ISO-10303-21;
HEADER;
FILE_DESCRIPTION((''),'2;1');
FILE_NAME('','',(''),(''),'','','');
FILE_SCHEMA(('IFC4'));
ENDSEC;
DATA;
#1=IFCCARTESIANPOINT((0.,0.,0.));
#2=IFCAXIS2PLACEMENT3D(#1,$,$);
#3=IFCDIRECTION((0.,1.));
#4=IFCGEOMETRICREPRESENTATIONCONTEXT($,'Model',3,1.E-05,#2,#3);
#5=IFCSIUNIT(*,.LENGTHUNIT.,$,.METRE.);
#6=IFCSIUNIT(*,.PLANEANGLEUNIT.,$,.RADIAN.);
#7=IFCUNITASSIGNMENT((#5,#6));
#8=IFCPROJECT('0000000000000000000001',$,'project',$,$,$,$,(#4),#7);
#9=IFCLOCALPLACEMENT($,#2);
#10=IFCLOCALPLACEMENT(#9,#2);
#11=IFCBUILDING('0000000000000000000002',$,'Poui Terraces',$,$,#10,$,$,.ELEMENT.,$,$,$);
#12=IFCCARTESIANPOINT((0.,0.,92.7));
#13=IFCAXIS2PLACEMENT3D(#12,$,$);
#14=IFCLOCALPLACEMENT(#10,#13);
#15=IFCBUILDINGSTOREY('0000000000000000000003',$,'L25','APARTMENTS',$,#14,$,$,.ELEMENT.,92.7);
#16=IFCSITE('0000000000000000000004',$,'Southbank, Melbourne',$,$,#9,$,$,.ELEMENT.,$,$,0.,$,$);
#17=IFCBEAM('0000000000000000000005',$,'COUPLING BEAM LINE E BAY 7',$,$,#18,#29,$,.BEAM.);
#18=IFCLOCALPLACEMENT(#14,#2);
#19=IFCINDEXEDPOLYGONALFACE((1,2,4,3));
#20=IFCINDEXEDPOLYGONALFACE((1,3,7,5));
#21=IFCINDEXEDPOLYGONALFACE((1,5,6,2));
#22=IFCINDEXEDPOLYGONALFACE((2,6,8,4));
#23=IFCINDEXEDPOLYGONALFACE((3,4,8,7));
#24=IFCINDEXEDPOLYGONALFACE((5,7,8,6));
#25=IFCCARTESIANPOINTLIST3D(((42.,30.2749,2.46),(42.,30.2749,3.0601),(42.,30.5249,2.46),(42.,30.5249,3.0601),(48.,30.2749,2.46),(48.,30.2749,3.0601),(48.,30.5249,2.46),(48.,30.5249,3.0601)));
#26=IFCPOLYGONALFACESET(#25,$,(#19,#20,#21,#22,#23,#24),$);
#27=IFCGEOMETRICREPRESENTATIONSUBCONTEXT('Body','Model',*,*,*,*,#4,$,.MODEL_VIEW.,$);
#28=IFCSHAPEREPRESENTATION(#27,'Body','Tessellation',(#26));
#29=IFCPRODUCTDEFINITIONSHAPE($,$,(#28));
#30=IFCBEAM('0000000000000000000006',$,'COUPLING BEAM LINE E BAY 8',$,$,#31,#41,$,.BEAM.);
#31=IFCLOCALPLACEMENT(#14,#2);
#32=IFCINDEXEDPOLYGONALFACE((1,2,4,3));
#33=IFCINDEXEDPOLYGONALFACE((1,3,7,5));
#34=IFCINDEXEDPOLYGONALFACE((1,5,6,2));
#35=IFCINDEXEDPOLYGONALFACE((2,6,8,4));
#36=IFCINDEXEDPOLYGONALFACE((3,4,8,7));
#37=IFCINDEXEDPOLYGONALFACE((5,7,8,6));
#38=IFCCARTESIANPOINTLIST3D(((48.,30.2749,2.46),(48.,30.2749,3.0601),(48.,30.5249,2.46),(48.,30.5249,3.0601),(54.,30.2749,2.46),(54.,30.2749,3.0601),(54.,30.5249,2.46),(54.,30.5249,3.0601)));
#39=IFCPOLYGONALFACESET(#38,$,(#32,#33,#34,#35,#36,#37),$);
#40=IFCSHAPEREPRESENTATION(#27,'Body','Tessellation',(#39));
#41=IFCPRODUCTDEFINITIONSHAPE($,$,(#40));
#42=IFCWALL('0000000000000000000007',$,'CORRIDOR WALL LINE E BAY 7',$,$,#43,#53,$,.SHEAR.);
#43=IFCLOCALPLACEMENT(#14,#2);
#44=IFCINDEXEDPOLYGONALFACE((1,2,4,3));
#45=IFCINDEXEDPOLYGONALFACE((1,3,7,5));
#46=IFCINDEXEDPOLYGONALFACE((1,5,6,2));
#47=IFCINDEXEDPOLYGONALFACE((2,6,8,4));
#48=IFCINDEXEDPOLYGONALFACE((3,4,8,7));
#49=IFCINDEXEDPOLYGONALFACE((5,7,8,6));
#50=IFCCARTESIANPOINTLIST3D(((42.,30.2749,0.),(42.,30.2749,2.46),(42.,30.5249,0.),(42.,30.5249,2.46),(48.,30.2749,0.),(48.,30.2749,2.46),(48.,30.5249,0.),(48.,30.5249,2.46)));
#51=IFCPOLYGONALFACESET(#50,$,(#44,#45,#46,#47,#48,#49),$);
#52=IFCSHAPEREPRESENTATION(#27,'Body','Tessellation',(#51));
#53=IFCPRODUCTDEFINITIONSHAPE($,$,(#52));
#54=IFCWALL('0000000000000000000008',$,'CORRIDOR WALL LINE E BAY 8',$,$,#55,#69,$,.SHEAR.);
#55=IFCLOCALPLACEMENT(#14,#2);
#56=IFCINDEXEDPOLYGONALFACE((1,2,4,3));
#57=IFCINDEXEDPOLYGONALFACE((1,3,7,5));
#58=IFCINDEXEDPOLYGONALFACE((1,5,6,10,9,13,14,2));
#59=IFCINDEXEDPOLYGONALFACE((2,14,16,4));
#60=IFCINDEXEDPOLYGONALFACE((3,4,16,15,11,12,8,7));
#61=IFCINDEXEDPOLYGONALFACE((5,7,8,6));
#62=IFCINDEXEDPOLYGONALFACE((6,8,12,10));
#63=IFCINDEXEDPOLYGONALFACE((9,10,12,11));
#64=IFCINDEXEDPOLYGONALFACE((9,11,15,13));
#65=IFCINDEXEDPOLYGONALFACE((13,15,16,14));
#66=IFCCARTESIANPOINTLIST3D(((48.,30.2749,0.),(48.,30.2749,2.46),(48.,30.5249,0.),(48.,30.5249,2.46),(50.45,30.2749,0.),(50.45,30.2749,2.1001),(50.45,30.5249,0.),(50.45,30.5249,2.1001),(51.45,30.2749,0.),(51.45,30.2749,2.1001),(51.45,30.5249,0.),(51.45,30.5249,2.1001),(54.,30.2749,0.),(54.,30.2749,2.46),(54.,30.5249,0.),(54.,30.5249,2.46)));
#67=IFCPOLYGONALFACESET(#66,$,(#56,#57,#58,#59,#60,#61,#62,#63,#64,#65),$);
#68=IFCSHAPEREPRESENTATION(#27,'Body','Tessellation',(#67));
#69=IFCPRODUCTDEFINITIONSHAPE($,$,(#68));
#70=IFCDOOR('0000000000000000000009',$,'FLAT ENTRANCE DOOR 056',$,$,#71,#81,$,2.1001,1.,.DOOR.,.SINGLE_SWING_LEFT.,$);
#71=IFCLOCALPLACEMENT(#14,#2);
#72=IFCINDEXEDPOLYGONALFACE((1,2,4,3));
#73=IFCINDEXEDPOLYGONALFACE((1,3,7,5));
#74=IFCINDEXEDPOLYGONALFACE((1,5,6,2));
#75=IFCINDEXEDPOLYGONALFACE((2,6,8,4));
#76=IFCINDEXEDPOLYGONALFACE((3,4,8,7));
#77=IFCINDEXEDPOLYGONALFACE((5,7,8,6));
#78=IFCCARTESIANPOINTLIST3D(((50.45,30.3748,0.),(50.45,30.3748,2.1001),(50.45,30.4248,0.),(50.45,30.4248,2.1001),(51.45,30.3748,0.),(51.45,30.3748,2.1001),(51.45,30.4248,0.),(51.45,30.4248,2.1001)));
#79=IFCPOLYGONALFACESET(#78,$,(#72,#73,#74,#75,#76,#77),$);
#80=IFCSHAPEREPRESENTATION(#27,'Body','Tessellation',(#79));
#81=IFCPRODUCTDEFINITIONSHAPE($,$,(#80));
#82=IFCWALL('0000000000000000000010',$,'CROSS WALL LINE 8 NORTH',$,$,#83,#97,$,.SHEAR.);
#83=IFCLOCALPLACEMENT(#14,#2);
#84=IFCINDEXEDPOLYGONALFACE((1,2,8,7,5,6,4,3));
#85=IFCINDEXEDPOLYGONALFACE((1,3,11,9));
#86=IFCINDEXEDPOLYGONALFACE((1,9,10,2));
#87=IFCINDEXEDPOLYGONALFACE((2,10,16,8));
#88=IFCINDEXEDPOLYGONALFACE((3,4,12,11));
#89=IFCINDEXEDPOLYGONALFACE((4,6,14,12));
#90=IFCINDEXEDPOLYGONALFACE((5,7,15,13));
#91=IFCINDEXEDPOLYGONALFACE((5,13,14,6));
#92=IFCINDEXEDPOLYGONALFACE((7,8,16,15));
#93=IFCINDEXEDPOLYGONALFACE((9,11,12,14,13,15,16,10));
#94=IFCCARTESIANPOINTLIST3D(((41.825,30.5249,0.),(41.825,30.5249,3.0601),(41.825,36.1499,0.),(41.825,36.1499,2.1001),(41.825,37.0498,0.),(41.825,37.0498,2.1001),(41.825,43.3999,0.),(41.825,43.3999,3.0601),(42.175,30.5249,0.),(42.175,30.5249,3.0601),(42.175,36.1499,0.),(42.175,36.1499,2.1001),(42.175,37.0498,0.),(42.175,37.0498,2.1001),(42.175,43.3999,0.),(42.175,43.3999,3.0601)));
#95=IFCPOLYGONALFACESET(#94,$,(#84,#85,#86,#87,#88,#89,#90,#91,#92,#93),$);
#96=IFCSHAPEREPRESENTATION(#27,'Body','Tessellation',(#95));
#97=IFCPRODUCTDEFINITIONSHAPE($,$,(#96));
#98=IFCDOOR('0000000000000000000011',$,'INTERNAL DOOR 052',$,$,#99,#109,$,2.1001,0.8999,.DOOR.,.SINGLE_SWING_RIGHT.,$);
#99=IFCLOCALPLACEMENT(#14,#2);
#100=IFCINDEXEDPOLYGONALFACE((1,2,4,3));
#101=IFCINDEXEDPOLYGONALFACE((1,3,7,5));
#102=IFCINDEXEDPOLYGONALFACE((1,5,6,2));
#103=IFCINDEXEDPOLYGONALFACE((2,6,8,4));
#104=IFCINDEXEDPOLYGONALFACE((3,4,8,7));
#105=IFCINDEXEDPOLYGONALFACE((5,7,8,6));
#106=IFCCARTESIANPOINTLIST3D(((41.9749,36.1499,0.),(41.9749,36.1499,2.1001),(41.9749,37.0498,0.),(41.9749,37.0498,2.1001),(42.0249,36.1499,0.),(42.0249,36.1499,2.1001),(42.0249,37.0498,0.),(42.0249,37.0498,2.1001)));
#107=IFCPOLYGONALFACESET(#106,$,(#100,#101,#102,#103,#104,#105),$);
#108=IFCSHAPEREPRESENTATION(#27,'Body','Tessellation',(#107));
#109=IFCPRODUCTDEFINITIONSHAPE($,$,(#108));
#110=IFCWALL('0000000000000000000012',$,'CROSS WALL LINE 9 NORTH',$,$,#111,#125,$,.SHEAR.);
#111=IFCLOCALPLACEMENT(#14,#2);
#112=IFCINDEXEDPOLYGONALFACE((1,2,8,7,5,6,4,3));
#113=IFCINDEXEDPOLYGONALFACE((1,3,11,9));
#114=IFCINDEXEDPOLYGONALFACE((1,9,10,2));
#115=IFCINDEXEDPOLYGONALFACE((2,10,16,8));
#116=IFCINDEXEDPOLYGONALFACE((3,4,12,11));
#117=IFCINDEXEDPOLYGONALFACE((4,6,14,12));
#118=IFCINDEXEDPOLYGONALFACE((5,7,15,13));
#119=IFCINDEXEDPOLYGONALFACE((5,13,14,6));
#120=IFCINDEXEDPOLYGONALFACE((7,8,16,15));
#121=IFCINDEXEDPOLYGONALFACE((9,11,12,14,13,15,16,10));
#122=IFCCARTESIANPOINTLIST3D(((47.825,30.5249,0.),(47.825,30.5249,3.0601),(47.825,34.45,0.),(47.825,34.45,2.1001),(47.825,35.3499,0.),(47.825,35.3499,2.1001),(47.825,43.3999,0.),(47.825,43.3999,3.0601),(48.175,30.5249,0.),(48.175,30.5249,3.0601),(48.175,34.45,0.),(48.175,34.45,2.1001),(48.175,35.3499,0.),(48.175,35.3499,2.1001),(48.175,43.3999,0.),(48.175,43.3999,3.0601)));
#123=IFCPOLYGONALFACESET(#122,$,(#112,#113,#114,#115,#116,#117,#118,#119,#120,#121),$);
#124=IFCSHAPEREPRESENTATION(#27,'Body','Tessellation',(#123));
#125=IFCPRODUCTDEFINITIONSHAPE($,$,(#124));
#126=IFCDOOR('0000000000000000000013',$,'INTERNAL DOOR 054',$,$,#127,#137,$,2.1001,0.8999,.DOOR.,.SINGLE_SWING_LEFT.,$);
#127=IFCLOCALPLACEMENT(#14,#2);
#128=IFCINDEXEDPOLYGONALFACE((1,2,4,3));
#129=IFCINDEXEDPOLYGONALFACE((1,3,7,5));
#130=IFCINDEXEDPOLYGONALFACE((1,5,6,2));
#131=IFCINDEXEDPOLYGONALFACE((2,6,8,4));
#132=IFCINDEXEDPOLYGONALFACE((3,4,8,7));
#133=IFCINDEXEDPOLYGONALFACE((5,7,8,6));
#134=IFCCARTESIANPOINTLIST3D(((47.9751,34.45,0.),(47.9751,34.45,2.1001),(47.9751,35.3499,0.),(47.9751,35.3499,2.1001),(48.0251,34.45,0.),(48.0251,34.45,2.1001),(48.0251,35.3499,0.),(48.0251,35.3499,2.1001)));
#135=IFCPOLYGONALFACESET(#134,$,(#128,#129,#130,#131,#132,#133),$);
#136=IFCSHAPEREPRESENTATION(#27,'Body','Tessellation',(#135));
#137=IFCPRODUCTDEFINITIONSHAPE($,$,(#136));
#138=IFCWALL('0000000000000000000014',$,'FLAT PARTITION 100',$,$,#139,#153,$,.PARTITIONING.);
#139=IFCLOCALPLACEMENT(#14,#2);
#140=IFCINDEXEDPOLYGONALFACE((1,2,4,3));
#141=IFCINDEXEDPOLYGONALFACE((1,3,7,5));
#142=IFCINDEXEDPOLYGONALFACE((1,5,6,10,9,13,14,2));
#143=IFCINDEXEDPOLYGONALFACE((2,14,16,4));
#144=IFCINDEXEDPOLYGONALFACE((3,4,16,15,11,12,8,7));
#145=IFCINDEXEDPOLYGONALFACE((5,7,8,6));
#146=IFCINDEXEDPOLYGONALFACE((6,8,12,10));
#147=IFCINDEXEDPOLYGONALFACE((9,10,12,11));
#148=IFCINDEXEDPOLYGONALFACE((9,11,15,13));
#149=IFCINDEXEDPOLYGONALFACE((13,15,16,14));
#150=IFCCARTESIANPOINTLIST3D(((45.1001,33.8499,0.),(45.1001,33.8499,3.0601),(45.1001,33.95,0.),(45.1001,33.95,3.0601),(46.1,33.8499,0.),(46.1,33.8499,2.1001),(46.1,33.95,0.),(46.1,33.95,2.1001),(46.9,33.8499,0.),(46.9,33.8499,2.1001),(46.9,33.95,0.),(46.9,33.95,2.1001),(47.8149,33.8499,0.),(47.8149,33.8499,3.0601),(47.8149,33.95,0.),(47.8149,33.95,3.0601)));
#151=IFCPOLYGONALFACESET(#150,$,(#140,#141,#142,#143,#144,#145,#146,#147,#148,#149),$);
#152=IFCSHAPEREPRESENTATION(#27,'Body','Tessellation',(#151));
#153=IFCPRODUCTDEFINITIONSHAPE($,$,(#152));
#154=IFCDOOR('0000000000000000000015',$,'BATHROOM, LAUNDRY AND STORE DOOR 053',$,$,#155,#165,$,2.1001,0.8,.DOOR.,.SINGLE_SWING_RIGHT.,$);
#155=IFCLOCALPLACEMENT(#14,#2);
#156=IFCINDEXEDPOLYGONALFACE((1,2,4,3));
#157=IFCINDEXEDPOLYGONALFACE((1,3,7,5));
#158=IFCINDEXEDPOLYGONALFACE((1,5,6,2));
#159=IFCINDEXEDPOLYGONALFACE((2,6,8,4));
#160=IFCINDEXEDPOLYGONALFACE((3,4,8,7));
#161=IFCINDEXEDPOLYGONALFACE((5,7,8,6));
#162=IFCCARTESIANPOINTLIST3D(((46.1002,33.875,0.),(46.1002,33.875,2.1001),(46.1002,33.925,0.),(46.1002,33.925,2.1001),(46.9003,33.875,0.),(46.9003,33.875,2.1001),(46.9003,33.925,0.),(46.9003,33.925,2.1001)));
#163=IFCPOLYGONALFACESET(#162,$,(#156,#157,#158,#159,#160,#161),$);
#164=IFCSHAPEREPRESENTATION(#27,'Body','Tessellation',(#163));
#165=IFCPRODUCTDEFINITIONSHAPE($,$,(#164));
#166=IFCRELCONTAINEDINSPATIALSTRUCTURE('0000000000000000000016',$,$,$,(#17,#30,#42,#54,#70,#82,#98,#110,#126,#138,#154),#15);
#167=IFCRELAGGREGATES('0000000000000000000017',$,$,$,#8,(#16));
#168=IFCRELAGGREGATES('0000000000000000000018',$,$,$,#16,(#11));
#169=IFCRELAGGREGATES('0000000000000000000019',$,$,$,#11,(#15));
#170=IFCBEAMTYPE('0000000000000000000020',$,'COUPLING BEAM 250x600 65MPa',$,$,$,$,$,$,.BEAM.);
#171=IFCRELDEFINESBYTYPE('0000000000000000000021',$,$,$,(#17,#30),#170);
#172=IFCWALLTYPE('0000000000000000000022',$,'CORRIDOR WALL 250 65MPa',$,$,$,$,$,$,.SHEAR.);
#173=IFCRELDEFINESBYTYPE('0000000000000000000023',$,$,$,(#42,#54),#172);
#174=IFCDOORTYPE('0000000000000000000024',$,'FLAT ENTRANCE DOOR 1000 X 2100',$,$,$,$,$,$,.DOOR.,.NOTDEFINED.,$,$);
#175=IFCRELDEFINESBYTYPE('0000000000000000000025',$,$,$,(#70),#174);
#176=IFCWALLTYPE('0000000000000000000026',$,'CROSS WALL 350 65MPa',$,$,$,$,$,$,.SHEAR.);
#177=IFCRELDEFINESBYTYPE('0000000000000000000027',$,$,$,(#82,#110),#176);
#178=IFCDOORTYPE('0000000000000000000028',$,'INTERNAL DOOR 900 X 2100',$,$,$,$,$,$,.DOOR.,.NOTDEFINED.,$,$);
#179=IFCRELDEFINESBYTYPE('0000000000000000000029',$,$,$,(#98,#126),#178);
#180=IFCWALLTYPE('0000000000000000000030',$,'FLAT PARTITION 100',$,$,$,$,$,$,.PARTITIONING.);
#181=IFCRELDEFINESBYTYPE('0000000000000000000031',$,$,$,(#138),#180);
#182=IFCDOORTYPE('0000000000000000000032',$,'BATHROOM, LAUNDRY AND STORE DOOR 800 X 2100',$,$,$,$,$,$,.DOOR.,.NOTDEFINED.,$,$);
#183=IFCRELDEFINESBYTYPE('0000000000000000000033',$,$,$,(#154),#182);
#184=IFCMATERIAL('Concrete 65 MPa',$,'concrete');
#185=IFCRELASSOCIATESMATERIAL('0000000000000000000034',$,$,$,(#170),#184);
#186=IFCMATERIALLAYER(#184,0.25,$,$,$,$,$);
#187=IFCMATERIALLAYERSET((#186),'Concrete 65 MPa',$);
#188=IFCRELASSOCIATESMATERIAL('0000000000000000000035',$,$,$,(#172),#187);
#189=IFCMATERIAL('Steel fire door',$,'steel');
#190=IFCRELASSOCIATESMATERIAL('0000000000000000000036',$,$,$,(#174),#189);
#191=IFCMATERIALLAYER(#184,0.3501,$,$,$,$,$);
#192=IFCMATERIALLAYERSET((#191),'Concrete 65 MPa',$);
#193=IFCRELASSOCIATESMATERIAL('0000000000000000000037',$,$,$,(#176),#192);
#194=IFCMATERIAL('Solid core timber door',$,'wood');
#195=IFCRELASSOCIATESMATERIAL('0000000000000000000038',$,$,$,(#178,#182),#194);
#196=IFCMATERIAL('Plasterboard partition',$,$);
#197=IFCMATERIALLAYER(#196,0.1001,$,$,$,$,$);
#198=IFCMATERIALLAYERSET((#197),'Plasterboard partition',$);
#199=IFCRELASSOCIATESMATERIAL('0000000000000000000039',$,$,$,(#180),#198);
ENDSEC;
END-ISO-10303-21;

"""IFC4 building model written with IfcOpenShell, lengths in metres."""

from ifc_helpers import new_model, si_unit, direction, frame, frame_2d, origin, origin_2d, place, context, subcontext, project, spatial, rectangle, extrude, source, transform, mapped, material, layer, layer_set, material_profile, profile_set, type_object, element, fill, save


model = new_model("IFC4")

# Units and contexts
model_context = context("Model", 3, precision=1e-05, world=origin(), true_north=direction((0.0, 1.0)))
body_context = subcontext(model_context, "Body", "Model", "MODEL_VIEW")
ifc_project = project(units=[si_unit("LENGTHUNIT", "METRE"), si_unit("PLANEANGLEUNIT", "RADIAN")], contexts=[model_context])

# Site, building, storey
site_placement = place(None, origin())
site = spatial("IfcSite", under=ifc_project, at=site_placement, Name="Southbank, Melbourne", CompositionType="ELEMENT", RefElevation=0.0)
building_placement = place(site_placement, origin())
building = spatial("IfcBuilding", under=site, at=building_placement, Name="Poui Terraces", CompositionType="ELEMENT")
storey_placement = place(building_placement, frame((0.0, 0.0, 92.7)))
storey = spatial("IfcBuildingStorey", under=building, at=storey_placement, Name="L25", Description="APARTMENTS", CompositionType="ELEMENT", Elevation=92.7)

# Beams
ifc_material_1 = material(Name="Concrete 65 MPa", Category="concrete")
ifc_material_profile = material_profile(ifc_material_1, rectangle(XDim=0.25, YDim=0.6001, at=origin_2d()), Name="RC 250x600")
ifc_profile_set = profile_set([ifc_material_profile], Name="Concrete 65 MPa")
beam_type = type_object("IfcBeamType", Name="COUPLING BEAM 250x600 65MPa", PredefinedType="BEAM", material=ifc_profile_set)
shared_shape_1 = source(origin(), body_context, "Body", "SweptSolid", [
    extrude(rectangle(XDim=0.25, YDim=0.6001, at=origin_2d()), origin(), (0.0, 0.0, 1.0), 6.0),
])
for number, where, z_axis, x_axis, name in (
    (1, (42.0, 30.3999, 2.76), (1.0, 0.0, 0.0), (0.0, 1.0, 0.0), "COUPLING BEAM LINE E BAY 7"),
    (2, (48.0, 30.3999, 2.76), (1.0, 0.0, 0.0), (0.0, 1.0, 0.0), "COUPLING BEAM LINE E BAY 8"),
):
    element("IfcBeam", number, at=place(storey_placement, frame(where, z_axis=z_axis, x_axis=x_axis)), inside=storey, type_object=beam_type, Name=name, PredefinedType="BEAM", context=body_context, shape_type="MappedRepresentation", body=[
        mapped(shared_shape_1, transform((0.0, 0.0, 0.0))),
    ])

# Wall
ifc_layer_1 = layer(ifc_material_1, 0.25)
ifc_layer_set_1 = layer_set([ifc_layer_1], Name="Concrete 65 MPa")
wall_type_1 = type_object("IfcWallType", Name="CORRIDOR WALL 250 65MPa", PredefinedType="SHEAR", material=ifc_layer_set_1)
wall_1_placement = place(storey_placement, frame((42.0, 30.3999, 0.0), z_axis=(0.0, 0.0, 1.0), x_axis=(1.0, 0.0, 0.0)))
element("IfcWall", 3, at=wall_1_placement, inside=storey, type_object=wall_type_1, Name="CORRIDOR WALL LINE E BAY 7", PredefinedType="SHEAR", context=body_context, shape_type="SweptSolid", body=[
    extrude(rectangle(XDim=6.0, YDim=0.25, at=frame_2d((3.0, 0.0))), origin(), (0.0, 0.0, 1.0), 2.46),
])

# Walls, openings, doors
wall_2_placement = place(storey_placement, frame((48.0, 30.3999, 0.0), z_axis=(0.0, 0.0, 1.0), x_axis=(1.0, 0.0, 0.0)))
wall_2 = element("IfcWall", 4, at=wall_2_placement, inside=storey, type_object=wall_type_1, Name="CORRIDOR WALL LINE E BAY 8", PredefinedType="SHEAR", context=body_context, shape_type="SweptSolid", body=[
    extrude(rectangle(XDim=6.0, YDim=0.25, at=frame_2d((3.0, 0.0))), origin(), (0.0, 0.0, 1.0), 2.46),
])
opening_1_placement = place(wall_2_placement, frame((2.45, 0.0, 0.0)))
opening_1 = element("IfcOpeningElement", 5, at=opening_1_placement, cuts=wall_2, PredefinedType="OPENING", context=body_context, shape_type="SweptSolid", body=[
    extrude(rectangle(XDim=1.0, YDim=2.1001, at=frame_2d((0.5, 1.05))), frame((0.0, 0.135, 0.0), z_axis=(0.0, -1.0, 0.0), x_axis=(1.0, 0.0, 0.0)), (0.0, 0.0, 1.0), 0.27),
])
ifc_material_2 = material(Name="Steel fire door", Category="steel")
door_type_1 = type_object("IfcDoorType", Name="FLAT ENTRANCE DOOR 1000 X 2100", OperationType="NOTDEFINED", PredefinedType="DOOR", material=ifc_material_2)
door_1_placement = place(opening_1_placement, origin())
door_1 = element("IfcDoor", 6, at=door_1_placement, inside=storey, type_object=door_type_1, Name="FLAT ENTRANCE DOOR 056", OperationType="SINGLE_SWING_LEFT", OverallHeight=2.1001, OverallWidth=1.0, PredefinedType="DOOR", context=body_context, shape_type="SweptSolid", body=[
    extrude(rectangle(XDim=1.0, YDim=2.1001, at=frame_2d((0.5, 1.05))), frame((0.0, 0.0249, 0.0), z_axis=(0.0, -1.0, 0.0), x_axis=(1.0, 0.0, 0.0)), (0.0, 0.0, 1.0), 0.05),
])
fill(opening_1, door_1)
ifc_layer_2 = layer(ifc_material_1, 0.3501)
ifc_layer_set_2 = layer_set([ifc_layer_2], Name="Concrete 65 MPa")
wall_type_2 = type_object("IfcWallType", Name="CROSS WALL 350 65MPa", PredefinedType="SHEAR", material=ifc_layer_set_2)
wall_3_placement = place(storey_placement, frame((42.0, 30.5249, 0.0), z_axis=(0.0, 0.0, 1.0), x_axis=(0.0, 1.0, 0.0)))
wall_3 = element("IfcWall", 7, at=wall_3_placement, inside=storey, type_object=wall_type_2, Name="CROSS WALL LINE 8 NORTH", PredefinedType="SHEAR", context=body_context, shape_type="SweptSolid", body=[
    extrude(rectangle(XDim=12.875, YDim=0.3501, at=frame_2d((6.4375, 0.0))), origin(), (0.0, 0.0, 1.0), 3.0601),
])
opening_2_placement = place(wall_3_placement, frame((5.625, 0.0, 0.0)))
opening_2 = element("IfcOpeningElement", 8, at=opening_2_placement, cuts=wall_3, PredefinedType="OPENING", context=body_context, shape_type="SweptSolid", body=[
    extrude(rectangle(XDim=0.8999, YDim=2.1001, at=frame_2d((0.45, 1.05))), frame((0.0, 0.1851, 0.0), z_axis=(0.0, -1.0, 0.0), x_axis=(1.0, 0.0, 0.0)), (0.0, 0.0, 1.0), 0.3701),
])
ifc_material_3 = material(Name="Solid core timber door", Category="wood")
door_type_2 = type_object("IfcDoorType", Name="INTERNAL DOOR 900 X 2100", OperationType="NOTDEFINED", PredefinedType="DOOR", material=ifc_material_3)
door_2_placement = place(opening_2_placement, frame((0.8999, 0.0, 0.0), z_axis=(0.0, 0.0, 1.0), x_axis=(-1.0, 0.0, 0.0)))
door_2 = element("IfcDoor", 9, at=door_2_placement, inside=storey, type_object=door_type_2, Name="INTERNAL DOOR 052", OperationType="SINGLE_SWING_RIGHT", OverallHeight=2.1001, OverallWidth=0.8999, PredefinedType="DOOR", context=body_context, shape_type="SweptSolid", body=[
    extrude(rectangle(XDim=0.8999, YDim=2.1001, at=frame_2d((0.45, 1.05))), frame((0.0, 0.0249, 0.0), z_axis=(0.0, -1.0, 0.0), x_axis=(1.0, 0.0, 0.0)), (0.0, 0.0, 1.0), 0.05),
])
fill(opening_2, door_2)
wall_4_placement = place(storey_placement, frame((48.0, 30.5249, 0.0), z_axis=(0.0, 0.0, 1.0), x_axis=(0.0, 1.0, 0.0)))
wall_4 = element("IfcWall", 10, at=wall_4_placement, inside=storey, type_object=wall_type_2, Name="CROSS WALL LINE 9 NORTH", PredefinedType="SHEAR", context=body_context, shape_type="SweptSolid", body=[
    extrude(rectangle(XDim=12.875, YDim=0.3501, at=frame_2d((6.4375, 0.0))), origin(), (0.0, 0.0, 1.0), 3.0601),
])
opening_3_placement = place(wall_4_placement, frame((3.925, 0.0, 0.0)))
opening_3 = element("IfcOpeningElement", 11, at=opening_3_placement, cuts=wall_4, PredefinedType="OPENING", context=body_context, shape_type="SweptSolid", body=[
    extrude(rectangle(XDim=0.8999, YDim=2.1001, at=frame_2d((0.45, 1.05))), frame((0.0, 0.1851, 0.0), z_axis=(0.0, -1.0, 0.0), x_axis=(1.0, 0.0, 0.0)), (0.0, 0.0, 1.0), 0.3701),
])
door_3_placement = place(opening_3_placement, origin())
door_3 = element("IfcDoor", 12, at=door_3_placement, inside=storey, type_object=door_type_2, Name="INTERNAL DOOR 054", OperationType="SINGLE_SWING_LEFT", OverallHeight=2.1001, OverallWidth=0.8999, PredefinedType="DOOR", context=body_context, shape_type="SweptSolid", body=[
    extrude(rectangle(XDim=0.8999, YDim=2.1001, at=frame_2d((0.45, 1.05))), frame((0.0, 0.0249, 0.0), z_axis=(0.0, -1.0, 0.0), x_axis=(1.0, 0.0, 0.0)), (0.0, 0.0, 1.0), 0.05),
])
fill(opening_3, door_3)
ifc_material_4 = material(Name="Plasterboard partition")
ifc_layer_3 = layer(ifc_material_4, 0.1001)
ifc_layer_set_3 = layer_set([ifc_layer_3], Name="Plasterboard partition")
wall_type_3 = type_object("IfcWallType", Name="FLAT PARTITION 100", PredefinedType="PARTITIONING", material=ifc_layer_set_3)
wall_5_placement = place(storey_placement, frame((45.1001, 33.8999, 0.0), z_axis=(0.0, 0.0, 1.0), x_axis=(1.0, 0.0, 0.0)))
wall_5 = element("IfcWall", 13, at=wall_5_placement, inside=storey, type_object=wall_type_3, Name="FLAT PARTITION 100", PredefinedType="PARTITIONING", context=body_context, shape_type="SweptSolid", body=[
    extrude(rectangle(XDim=2.7148, YDim=0.1001, at=frame_2d((1.3574, 0.0))), origin(), (0.0, 0.0, 1.0), 3.0601),
])
opening_4_placement = place(wall_5_placement, frame((1.0, 0.0, 0.0)))
opening_4 = element("IfcOpeningElement", 14, at=opening_4_placement, cuts=wall_5, PredefinedType="OPENING", context=body_context, shape_type="SweptSolid", body=[
    extrude(rectangle(XDim=0.8, YDim=2.1001, at=frame_2d((0.3999, 1.05))), frame((0.0, 0.0601, 0.0), z_axis=(0.0, -1.0, 0.0), x_axis=(1.0, 0.0, 0.0)), (0.0, 0.0, 1.0), 0.1201),
])
door_type_3 = type_object("IfcDoorType", Name="BATHROOM, LAUNDRY AND STORE DOOR 800 X 2100", OperationType="NOTDEFINED", PredefinedType="DOOR", material=ifc_material_3)
door_4_placement = place(opening_4_placement, frame((0.8, 0.0, 0.0), z_axis=(0.0, 0.0, 1.0), x_axis=(-1.0, 0.0, 0.0)))
door_4 = element("IfcDoor", 15, at=door_4_placement, inside=storey, type_object=door_type_3, Name="BATHROOM, LAUNDRY AND STORE DOOR 053", OperationType="SINGLE_SWING_RIGHT", OverallHeight=2.1001, OverallWidth=0.8, PredefinedType="DOOR", context=body_context, shape_type="SweptSolid", body=[
    extrude(rectangle(XDim=0.8, YDim=2.1001, at=frame_2d((0.3999, 1.05))), frame((0.0, 0.0249, 0.0), z_axis=(0.0, -1.0, 0.0), x_axis=(1.0, 0.0, 0.0)), (0.0, 0.0, 1.0), 0.05),
])
fill(opening_4, door_4)

save(model, "model.ifc")
